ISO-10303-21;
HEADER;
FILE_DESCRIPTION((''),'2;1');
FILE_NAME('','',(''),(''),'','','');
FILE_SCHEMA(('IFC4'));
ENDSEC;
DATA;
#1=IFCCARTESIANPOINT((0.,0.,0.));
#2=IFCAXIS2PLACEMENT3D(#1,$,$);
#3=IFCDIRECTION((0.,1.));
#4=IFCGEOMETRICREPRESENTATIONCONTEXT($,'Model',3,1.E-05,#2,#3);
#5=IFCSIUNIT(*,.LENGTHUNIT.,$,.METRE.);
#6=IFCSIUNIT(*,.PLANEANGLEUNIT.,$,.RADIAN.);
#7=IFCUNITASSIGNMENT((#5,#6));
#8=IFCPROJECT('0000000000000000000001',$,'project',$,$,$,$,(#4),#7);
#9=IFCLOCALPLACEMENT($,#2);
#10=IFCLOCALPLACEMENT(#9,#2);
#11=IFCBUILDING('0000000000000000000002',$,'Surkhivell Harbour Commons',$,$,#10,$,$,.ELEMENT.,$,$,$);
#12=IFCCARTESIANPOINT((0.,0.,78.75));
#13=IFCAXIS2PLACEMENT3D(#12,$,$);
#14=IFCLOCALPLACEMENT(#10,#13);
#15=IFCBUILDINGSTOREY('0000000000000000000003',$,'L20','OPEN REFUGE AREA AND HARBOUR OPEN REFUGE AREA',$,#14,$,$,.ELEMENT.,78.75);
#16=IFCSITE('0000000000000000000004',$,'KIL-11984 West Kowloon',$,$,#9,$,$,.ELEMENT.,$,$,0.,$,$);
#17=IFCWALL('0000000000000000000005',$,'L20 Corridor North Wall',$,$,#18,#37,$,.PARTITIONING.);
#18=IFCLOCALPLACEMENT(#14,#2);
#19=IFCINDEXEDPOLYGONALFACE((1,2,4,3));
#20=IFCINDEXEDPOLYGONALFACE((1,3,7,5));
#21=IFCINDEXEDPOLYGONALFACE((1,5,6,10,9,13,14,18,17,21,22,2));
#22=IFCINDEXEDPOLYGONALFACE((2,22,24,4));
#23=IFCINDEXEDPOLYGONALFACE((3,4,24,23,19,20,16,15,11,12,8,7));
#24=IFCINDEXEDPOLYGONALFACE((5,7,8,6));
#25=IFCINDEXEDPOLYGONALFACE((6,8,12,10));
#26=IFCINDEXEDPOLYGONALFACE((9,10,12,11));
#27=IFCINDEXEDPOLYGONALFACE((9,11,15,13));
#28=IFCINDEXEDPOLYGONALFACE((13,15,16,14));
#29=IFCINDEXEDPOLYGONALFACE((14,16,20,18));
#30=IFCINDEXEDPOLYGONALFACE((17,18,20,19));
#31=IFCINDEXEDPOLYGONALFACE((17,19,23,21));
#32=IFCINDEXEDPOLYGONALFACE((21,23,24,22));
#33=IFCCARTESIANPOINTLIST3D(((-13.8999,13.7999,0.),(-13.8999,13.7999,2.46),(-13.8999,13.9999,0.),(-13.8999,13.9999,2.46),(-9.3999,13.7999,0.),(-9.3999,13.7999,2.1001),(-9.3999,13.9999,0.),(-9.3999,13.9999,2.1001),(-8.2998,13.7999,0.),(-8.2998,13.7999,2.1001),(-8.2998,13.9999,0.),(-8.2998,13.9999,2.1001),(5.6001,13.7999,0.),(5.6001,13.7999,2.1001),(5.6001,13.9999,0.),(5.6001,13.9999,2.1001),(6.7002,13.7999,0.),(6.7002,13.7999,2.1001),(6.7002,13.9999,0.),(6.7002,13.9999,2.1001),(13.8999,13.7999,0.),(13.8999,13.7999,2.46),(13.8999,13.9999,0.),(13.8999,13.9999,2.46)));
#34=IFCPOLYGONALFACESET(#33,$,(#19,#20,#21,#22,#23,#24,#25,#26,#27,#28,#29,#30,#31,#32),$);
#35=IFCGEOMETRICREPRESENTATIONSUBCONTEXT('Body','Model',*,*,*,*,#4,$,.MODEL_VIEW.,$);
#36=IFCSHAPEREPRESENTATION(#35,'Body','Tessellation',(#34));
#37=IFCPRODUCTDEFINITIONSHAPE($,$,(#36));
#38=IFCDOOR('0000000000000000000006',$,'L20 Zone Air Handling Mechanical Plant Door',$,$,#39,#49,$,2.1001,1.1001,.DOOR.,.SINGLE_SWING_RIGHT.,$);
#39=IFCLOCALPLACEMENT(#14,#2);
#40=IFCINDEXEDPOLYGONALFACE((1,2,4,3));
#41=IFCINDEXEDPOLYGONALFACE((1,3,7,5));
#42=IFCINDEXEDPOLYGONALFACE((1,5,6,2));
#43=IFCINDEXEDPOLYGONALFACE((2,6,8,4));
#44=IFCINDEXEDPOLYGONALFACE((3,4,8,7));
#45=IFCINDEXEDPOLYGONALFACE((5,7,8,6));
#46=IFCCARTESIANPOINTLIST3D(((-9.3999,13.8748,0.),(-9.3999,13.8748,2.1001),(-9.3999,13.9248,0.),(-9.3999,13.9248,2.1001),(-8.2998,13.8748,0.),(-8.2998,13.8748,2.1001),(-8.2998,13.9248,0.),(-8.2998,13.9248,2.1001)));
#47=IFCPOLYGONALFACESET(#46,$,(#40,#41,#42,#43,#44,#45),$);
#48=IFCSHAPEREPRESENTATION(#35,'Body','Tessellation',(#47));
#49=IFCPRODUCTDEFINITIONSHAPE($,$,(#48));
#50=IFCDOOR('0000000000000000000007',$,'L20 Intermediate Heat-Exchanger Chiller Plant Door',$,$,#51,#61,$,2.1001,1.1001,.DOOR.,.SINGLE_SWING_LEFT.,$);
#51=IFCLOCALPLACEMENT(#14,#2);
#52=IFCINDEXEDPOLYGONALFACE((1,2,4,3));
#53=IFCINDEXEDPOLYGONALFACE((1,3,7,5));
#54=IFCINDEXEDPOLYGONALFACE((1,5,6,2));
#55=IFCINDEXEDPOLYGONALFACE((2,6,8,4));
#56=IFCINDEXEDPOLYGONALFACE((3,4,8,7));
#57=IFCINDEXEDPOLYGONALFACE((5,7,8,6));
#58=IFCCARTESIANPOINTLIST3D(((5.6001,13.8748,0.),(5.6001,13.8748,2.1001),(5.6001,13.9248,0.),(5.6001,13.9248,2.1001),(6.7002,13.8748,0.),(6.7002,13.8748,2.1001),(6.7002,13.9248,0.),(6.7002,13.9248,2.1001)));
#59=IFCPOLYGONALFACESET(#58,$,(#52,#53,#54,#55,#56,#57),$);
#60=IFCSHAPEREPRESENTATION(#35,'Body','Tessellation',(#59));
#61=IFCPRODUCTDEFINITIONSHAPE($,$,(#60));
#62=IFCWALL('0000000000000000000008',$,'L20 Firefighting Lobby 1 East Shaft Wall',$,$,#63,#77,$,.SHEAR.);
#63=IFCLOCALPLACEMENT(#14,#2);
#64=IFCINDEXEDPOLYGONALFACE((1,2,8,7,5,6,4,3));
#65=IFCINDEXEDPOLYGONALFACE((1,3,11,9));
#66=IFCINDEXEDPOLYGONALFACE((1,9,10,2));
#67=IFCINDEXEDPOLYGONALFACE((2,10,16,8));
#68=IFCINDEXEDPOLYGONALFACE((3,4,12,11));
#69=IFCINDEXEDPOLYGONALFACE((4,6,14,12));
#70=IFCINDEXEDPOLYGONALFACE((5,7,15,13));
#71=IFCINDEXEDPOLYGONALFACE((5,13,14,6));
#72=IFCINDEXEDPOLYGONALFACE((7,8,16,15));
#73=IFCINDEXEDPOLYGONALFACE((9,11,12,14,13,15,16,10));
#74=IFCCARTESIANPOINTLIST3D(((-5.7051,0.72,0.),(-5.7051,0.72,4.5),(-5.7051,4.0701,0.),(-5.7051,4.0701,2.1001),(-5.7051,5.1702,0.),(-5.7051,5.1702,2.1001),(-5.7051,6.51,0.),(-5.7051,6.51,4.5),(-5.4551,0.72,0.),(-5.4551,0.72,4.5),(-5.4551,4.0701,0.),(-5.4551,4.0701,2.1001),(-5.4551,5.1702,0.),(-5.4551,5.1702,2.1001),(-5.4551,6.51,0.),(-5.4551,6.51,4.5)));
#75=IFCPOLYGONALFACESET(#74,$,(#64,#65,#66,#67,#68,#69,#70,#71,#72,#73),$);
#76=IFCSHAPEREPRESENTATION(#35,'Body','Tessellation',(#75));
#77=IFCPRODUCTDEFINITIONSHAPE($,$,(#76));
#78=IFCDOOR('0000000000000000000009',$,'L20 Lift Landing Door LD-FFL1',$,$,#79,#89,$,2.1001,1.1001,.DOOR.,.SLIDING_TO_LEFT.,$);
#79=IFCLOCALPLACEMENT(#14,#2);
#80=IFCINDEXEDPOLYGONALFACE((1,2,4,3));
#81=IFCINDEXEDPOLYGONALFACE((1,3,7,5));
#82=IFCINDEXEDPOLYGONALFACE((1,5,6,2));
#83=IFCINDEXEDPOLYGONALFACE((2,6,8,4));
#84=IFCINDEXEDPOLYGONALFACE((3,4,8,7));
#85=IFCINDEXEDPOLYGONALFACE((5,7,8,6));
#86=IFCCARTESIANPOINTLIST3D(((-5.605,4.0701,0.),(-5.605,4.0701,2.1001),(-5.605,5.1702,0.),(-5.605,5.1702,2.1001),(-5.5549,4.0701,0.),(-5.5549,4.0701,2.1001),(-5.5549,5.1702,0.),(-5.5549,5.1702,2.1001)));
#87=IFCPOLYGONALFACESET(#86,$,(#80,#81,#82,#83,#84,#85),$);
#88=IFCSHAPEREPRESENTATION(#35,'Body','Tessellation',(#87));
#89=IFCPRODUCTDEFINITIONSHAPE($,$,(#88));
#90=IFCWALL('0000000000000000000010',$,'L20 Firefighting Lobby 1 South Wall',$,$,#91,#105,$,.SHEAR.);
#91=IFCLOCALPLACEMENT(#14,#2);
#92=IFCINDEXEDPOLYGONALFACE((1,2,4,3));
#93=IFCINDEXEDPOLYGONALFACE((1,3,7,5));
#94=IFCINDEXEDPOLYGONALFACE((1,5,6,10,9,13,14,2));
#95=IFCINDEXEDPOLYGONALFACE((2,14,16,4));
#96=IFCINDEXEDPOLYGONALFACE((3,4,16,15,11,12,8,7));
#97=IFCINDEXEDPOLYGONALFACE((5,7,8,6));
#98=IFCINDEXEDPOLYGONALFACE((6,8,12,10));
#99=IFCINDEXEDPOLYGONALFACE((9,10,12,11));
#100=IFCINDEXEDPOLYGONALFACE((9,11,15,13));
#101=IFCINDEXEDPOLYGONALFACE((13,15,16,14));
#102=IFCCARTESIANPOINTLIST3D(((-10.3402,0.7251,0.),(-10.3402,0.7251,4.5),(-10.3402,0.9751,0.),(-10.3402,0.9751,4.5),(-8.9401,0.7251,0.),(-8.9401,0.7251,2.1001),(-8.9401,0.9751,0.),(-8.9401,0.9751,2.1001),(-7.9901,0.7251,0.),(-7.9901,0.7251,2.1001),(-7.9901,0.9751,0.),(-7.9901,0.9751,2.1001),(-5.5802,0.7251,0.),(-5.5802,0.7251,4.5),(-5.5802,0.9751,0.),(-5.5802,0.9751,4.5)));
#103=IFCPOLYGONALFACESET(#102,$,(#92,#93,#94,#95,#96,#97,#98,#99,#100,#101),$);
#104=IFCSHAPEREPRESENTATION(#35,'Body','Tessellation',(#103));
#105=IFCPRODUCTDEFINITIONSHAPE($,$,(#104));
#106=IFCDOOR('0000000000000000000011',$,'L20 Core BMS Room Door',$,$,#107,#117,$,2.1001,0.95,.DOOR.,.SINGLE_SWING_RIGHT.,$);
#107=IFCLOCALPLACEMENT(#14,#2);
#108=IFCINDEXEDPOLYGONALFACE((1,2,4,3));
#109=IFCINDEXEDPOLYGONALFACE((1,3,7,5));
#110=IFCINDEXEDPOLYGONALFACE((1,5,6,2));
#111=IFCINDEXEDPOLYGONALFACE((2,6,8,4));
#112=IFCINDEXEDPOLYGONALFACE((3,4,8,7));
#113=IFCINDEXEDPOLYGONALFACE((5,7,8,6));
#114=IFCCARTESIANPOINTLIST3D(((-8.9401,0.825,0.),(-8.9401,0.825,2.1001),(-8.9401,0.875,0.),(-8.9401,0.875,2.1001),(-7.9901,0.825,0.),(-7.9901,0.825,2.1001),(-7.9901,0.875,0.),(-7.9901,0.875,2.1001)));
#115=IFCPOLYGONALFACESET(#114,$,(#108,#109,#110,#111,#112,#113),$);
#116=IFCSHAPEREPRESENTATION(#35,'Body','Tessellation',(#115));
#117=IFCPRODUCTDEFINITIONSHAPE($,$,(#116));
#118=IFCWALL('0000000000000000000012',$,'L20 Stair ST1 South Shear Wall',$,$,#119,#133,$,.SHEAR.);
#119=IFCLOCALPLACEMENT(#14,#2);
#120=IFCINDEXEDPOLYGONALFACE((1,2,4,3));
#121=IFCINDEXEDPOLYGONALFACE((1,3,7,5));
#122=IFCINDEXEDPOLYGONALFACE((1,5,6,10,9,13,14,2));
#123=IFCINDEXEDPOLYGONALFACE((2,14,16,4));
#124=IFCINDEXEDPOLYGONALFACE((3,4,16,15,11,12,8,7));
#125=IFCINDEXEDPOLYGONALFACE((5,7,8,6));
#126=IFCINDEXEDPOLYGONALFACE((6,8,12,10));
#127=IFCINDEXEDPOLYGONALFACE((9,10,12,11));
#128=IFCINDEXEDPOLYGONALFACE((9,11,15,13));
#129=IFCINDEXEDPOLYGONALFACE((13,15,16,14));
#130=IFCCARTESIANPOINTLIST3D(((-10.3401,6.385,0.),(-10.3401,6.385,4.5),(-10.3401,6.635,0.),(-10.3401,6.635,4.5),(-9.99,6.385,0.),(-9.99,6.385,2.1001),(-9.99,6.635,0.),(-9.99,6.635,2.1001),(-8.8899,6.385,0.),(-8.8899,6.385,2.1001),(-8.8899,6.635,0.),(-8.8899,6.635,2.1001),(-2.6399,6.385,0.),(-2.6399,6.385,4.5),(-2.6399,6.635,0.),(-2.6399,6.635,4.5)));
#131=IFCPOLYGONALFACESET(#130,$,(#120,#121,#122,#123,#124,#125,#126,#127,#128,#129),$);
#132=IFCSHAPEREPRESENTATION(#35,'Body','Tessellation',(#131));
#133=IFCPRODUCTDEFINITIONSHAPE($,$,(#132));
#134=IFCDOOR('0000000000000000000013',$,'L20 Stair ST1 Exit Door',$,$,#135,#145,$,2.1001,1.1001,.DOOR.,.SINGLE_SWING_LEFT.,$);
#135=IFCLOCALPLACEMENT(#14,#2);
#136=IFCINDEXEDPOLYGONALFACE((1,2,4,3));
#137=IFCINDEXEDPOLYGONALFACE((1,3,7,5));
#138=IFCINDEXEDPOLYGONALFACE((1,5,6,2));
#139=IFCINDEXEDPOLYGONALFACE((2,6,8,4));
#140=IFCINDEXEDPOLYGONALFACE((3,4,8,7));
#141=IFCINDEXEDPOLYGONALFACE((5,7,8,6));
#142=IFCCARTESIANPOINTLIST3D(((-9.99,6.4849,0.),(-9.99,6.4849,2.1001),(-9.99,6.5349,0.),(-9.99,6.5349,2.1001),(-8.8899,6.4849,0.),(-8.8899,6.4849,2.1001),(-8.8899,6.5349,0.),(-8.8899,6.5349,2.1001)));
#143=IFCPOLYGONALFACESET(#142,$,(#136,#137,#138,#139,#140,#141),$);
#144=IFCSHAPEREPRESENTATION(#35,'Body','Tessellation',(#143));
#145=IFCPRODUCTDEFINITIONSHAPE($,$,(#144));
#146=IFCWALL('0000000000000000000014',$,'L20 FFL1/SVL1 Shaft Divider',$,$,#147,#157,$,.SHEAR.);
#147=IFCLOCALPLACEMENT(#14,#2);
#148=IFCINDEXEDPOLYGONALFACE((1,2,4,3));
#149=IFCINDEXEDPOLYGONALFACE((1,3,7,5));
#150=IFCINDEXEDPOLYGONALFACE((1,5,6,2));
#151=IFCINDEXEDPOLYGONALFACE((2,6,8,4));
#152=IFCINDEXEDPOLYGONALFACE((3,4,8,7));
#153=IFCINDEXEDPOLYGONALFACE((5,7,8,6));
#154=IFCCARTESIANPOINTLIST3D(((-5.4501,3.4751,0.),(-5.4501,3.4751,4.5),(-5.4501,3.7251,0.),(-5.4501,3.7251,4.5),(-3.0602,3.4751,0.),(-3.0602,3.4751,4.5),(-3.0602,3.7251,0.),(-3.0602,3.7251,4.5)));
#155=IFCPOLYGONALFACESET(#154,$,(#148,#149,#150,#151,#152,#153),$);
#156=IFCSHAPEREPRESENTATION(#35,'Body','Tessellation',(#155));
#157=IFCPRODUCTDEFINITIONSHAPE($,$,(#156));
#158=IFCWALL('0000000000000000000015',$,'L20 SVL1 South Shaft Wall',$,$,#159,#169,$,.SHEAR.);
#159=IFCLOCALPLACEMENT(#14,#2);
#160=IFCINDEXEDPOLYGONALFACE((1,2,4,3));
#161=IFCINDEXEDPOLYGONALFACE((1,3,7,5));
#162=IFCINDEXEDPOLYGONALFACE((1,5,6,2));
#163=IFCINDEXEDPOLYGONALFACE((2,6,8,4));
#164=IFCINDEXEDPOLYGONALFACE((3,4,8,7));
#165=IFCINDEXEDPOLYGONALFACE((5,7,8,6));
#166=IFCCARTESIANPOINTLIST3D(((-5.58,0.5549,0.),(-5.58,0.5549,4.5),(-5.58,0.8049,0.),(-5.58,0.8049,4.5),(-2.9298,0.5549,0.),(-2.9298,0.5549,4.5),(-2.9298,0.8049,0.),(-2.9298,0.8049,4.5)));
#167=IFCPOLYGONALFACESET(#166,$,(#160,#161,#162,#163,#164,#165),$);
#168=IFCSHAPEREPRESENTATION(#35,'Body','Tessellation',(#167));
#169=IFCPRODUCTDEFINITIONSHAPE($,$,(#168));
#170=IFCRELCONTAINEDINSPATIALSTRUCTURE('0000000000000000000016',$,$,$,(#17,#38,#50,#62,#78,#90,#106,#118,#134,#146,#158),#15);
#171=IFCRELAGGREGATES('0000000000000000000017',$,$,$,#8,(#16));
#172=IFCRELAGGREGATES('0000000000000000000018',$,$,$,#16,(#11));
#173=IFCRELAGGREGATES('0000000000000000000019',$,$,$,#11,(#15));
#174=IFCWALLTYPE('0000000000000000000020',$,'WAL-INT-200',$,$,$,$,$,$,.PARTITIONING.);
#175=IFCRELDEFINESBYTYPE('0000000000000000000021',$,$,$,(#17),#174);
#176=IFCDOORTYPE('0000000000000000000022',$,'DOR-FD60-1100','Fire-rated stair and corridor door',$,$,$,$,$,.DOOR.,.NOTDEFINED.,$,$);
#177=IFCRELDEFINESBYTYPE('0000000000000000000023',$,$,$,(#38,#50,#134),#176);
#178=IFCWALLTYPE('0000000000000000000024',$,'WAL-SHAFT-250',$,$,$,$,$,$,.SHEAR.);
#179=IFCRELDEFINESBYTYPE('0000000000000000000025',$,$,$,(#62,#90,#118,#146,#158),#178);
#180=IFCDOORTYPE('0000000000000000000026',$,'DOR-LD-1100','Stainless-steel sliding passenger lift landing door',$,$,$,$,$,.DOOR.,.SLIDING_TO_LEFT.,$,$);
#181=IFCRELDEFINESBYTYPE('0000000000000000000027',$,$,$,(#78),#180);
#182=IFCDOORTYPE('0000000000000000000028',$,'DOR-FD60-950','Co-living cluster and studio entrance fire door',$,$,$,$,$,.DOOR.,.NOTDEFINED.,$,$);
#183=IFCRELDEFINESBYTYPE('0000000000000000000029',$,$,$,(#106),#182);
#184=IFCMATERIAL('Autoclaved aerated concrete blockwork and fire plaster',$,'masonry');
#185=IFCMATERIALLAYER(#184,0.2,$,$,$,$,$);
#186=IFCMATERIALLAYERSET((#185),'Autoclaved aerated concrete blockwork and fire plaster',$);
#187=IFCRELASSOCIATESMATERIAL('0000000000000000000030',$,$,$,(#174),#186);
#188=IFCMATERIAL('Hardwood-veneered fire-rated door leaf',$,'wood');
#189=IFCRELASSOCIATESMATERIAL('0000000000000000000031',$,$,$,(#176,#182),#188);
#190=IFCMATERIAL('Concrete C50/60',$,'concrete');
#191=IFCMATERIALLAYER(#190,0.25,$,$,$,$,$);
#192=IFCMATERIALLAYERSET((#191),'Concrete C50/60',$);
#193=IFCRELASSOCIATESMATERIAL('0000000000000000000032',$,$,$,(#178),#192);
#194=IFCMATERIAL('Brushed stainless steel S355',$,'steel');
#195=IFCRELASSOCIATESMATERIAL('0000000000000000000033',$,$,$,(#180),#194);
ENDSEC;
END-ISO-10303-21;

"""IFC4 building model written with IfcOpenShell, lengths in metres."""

from ifc_helpers import new_model, si_unit, direction, frame, frame_2d, origin, place, context, subcontext, project, spatial, rectangle, extrude, material, layer, layer_set, type_object, element, fill, save


model = new_model("IFC4")

# Units and contexts
model_context = context("Model", 3, precision=1e-05, world=origin(), true_north=direction((0.0, 1.0)))
body_context = subcontext(model_context, "Body", "Model", "MODEL_VIEW")
ifc_project = project(units=[si_unit("LENGTHUNIT", "METRE"), si_unit("PLANEANGLEUNIT", "RADIAN")], contexts=[model_context])

# Site, building, storey
site_placement = place(None, origin())
site = spatial("IfcSite", under=ifc_project, at=site_placement, Name="KIL-11984 West Kowloon", CompositionType="ELEMENT", RefElevation=0.0)
building_placement = place(site_placement, origin())
building = spatial("IfcBuilding", under=site, at=building_placement, Name="Surkhivell Harbour Commons", CompositionType="ELEMENT")
storey_placement = place(building_placement, frame((0.0, 0.0, 78.75)))
storey = spatial("IfcBuildingStorey", under=building, at=storey_placement, Name="L20", Description="OPEN REFUGE AREA AND HARBOUR OPEN REFUGE AREA", CompositionType="ELEMENT", Elevation=78.75)

# Shared definitions
ifc_material_1 = material(Name="Hardwood-veneered fire-rated door leaf", Category="wood")

# Wall, openings, doors
ifc_material_2 = material(Name="Autoclaved aerated concrete blockwork and fire plaster", Category="masonry")
ifc_layer_1 = layer(ifc_material_2, 0.2)
ifc_layer_set_1 = layer_set([ifc_layer_1], Name="Autoclaved aerated concrete blockwork and fire plaster")
wall_type_1 = type_object("IfcWallType", Name="WAL-INT-200", PredefinedType="PARTITIONING", material=ifc_layer_set_1)
wall_1_placement = place(storey_placement, frame((-13.8999, 13.8999, 0.0), z_axis=(0.0, 0.0, 1.0), x_axis=(1.0, 0.0, 0.0)))
wall_1 = element("IfcWall", 1, at=wall_1_placement, inside=storey, type_object=wall_type_1, Name="L20 Corridor North Wall", PredefinedType="PARTITIONING", context=body_context, shape_type="SweptSolid", body=[
    extrude(rectangle(XDim=27.7998, YDim=0.2, at=frame_2d((13.8999, 0.0))), origin(), (0.0, 0.0, 1.0), 2.46),
])
opening_1_placement = place(wall_1_placement, frame((4.5, 0.0, 0.0)))
opening_1 = element("IfcOpeningElement", 2, at=opening_1_placement, cuts=wall_1, PredefinedType="OPENING", context=body_context, shape_type="SweptSolid", body=[
    extrude(rectangle(XDim=1.1001, YDim=2.1001, at=frame_2d((0.55, 1.05))), frame((0.0, 0.1099, 0.0), z_axis=(0.0, -1.0, 0.0), x_axis=(1.0, 0.0, 0.0)), (0.0, 0.0, 1.0), 0.22),
])
opening_2_placement = place(wall_1_placement, frame((19.5, 0.0, 0.0)))
opening_2 = element("IfcOpeningElement", 3, at=opening_2_placement, cuts=wall_1, PredefinedType="OPENING", context=body_context, shape_type="SweptSolid", body=[
    extrude(rectangle(XDim=1.1001, YDim=2.1001, at=frame_2d((0.55, 1.05))), frame((0.0, 0.1099, 0.0), z_axis=(0.0, -1.0, 0.0), x_axis=(1.0, 0.0, 0.0)), (0.0, 0.0, 1.0), 0.22),
])
door_type_1 = type_object("IfcDoorType", Name="DOR-FD60-1100", Description="Fire-rated stair and corridor door", OperationType="NOTDEFINED", PredefinedType="DOOR", material=ifc_material_1)
door_1_placement = place(opening_1_placement, origin())
door_1 = element("IfcDoor", 4, at=door_1_placement, inside=storey, type_object=door_type_1, Name="L20 Zone Air Handling Mechanical Plant Door", OperationType="SINGLE_SWING_RIGHT", OverallHeight=2.1001, OverallWidth=1.1001, PredefinedType="DOOR", context=body_context, shape_type="SweptSolid", body=[
    extrude(rectangle(XDim=1.1001, YDim=2.1001, at=frame_2d((0.55, 1.05))), frame((0.0, 0.0249, 0.0), z_axis=(0.0, -1.0, 0.0), x_axis=(1.0, 0.0, 0.0)), (0.0, 0.0, 1.0), 0.05),
])
fill(opening_1, door_1)
door_2_placement = place(opening_2_placement, origin())
door_2 = element("IfcDoor", 5, at=door_2_placement, inside=storey, type_object=door_type_1, Name="L20 Intermediate Heat-Exchanger Chiller Plant Door", OperationType="SINGLE_SWING_LEFT", OverallHeight=2.1001, OverallWidth=1.1001, PredefinedType="DOOR", context=body_context, shape_type="SweptSolid", body=[
    extrude(rectangle(XDim=1.1001, YDim=2.1001, at=frame_2d((0.55, 1.05))), frame((0.0, 0.0249, 0.0), z_axis=(0.0, -1.0, 0.0), x_axis=(1.0, 0.0, 0.0)), (0.0, 0.0, 1.0), 0.05),
])
fill(opening_2, door_2)

# Walls, openings, doors
ifc_material_3 = material(Name="Concrete C50/60", Category="concrete")
ifc_layer_2 = layer(ifc_material_3, 0.25)
ifc_layer_set_2 = layer_set([ifc_layer_2], Name="Concrete C50/60")
wall_type_2 = type_object("IfcWallType", Name="WAL-SHAFT-250", PredefinedType="SHEAR", material=ifc_layer_set_2)
wall_2_placement = place(storey_placement, frame((-5.5801, 0.72, 0.0), z_axis=(0.0, 0.0, 1.0), x_axis=(0.0, 1.0, 0.0)))
wall_2 = element("IfcWall", 6, at=wall_2_placement, inside=storey, type_object=wall_type_2, Name="L20 Firefighting Lobby 1 East Shaft Wall", PredefinedType="SHEAR", context=body_context, shape_type="SweptSolid", body=[
    extrude(rectangle(XDim=5.79, YDim=0.25, at=frame_2d((2.895, 0.0))), origin(), (0.0, 0.0, 1.0), 4.5),
])
opening_3_placement = place(wall_2_placement, frame((3.3501, 0.0, 0.0)))
opening_3 = element("IfcOpeningElement", 7, at=opening_3_placement, cuts=wall_2, PredefinedType="OPENING", context=body_context, shape_type="SweptSolid", body=[
    extrude(rectangle(XDim=1.1001, YDim=2.1001, at=frame_2d((0.55, 1.05))), frame((0.0, 0.135, 0.0), z_axis=(0.0, -1.0, 0.0), x_axis=(1.0, 0.0, 0.0)), (0.0, 0.0, 1.0), 0.27),
])
ifc_material_4 = material(Name="Brushed stainless steel S355", Category="steel")
door_type_2 = type_object("IfcDoorType", Name="DOR-LD-1100", Description="Stainless-steel sliding passenger lift landing door", OperationType="SLIDING_TO_LEFT", PredefinedType="DOOR", material=ifc_material_4)
door_3_placement = place(opening_3_placement, origin())
door_3 = element("IfcDoor", 8, at=door_3_placement, inside=storey, type_object=door_type_2, Name="L20 Lift Landing Door LD-FFL1", OperationType="SLIDING_TO_LEFT", OverallHeight=2.1001, OverallWidth=1.1001, PredefinedType="DOOR", context=body_context, shape_type="SweptSolid", body=[
    extrude(rectangle(XDim=1.1001, YDim=2.1001, at=frame_2d((0.55, 1.05))), frame((0.0, 0.0249, 0.0), z_axis=(0.0, -1.0, 0.0), x_axis=(1.0, 0.0, 0.0)), (0.0, 0.0, 1.0), 0.05),
])
fill(opening_3, door_3)
wall_3_placement = place(storey_placement, frame((-10.3401, 0.8501, 0.0), z_axis=(0.0, 0.0, 1.0), x_axis=(1.0, 0.0, 0.0)))
wall_3 = element("IfcWall", 9, at=wall_3_placement, inside=storey, type_object=wall_type_2, Name="L20 Firefighting Lobby 1 South Wall", PredefinedType="SHEAR", context=body_context, shape_type="SweptSolid", body=[
    extrude(rectangle(XDim=4.76, YDim=0.25, at=frame_2d((2.3799, 0.0))), origin(), (0.0, 0.0, 1.0), 4.5),
])
opening_4_placement = place(wall_3_placement, frame((1.3999, 0.0, 0.0)))
opening_4 = element("IfcOpeningElement", 10, at=opening_4_placement, cuts=wall_3, PredefinedType="OPENING", context=body_context, shape_type="SweptSolid", body=[
    extrude(rectangle(XDim=0.95, YDim=2.1001, at=frame_2d((0.4751, 1.05))), frame((0.0, 0.135, 0.0), z_axis=(0.0, -1.0, 0.0), x_axis=(1.0, 0.0, 0.0)), (0.0, 0.0, 1.0), 0.27),
])
door_type_3 = type_object("IfcDoorType", Name="DOR-FD60-950", Description="Co-living cluster and studio entrance fire door", OperationType="NOTDEFINED", PredefinedType="DOOR", material=ifc_material_1)
door_4_placement = place(opening_4_placement, origin())
door_4 = element("IfcDoor", 11, at=door_4_placement, inside=storey, type_object=door_type_3, Name="L20 Core BMS Room Door", OperationType="SINGLE_SWING_RIGHT", OverallHeight=2.1001, OverallWidth=0.95, PredefinedType="DOOR", context=body_context, shape_type="SweptSolid", body=[
    extrude(rectangle(XDim=0.95, YDim=2.1001, at=frame_2d((0.4751, 1.05))), frame((0.0, 0.0249, 0.0), z_axis=(0.0, -1.0, 0.0), x_axis=(1.0, 0.0, 0.0)), (0.0, 0.0, 1.0), 0.05),
])
fill(opening_4, door_4)
wall_4_placement = place(storey_placement, frame((-10.3401, 6.51, 0.0), z_axis=(0.0, 0.0, 1.0), x_axis=(1.0, 0.0, 0.0)))
wall_4 = element("IfcWall", 12, at=wall_4_placement, inside=storey, type_object=wall_type_2, Name="L20 Stair ST1 South Shear Wall", PredefinedType="SHEAR", context=body_context, shape_type="SweptSolid", body=[
    extrude(rectangle(XDim=7.7002, YDim=0.25, at=frame_2d((3.8501, 0.0))), origin(), (0.0, 0.0, 1.0), 4.5),
])
opening_5_placement = place(wall_4_placement, frame((0.3501, 0.0, 0.0)))
opening_5 = element("IfcOpeningElement", 13, at=opening_5_placement, cuts=wall_4, PredefinedType="OPENING", context=body_context, shape_type="SweptSolid", body=[
    extrude(rectangle(XDim=1.1001, YDim=2.1001, at=frame_2d((0.55, 1.05))), frame((0.0, 0.135, 0.0), z_axis=(0.0, -1.0, 0.0), x_axis=(1.0, 0.0, 0.0)), (0.0, 0.0, 1.0), 0.27),
])
door_5_placement = place(opening_5_placement, origin())
door_5 = element("IfcDoor", 14, at=door_5_placement, inside=storey, type_object=door_type_1, Name="L20 Stair ST1 Exit Door", OperationType="SINGLE_SWING_LEFT", OverallHeight=2.1001, OverallWidth=1.1001, PredefinedType="DOOR", context=body_context, shape_type="SweptSolid", body=[
    extrude(rectangle(XDim=1.1001, YDim=2.1001, at=frame_2d((0.55, 1.05))), frame((0.0, 0.0249, 0.0), z_axis=(0.0, -1.0, 0.0), x_axis=(1.0, 0.0, 0.0)), (0.0, 0.0, 1.0), 0.05),
])
fill(opening_5, door_5)

# Walls
wall_5_placement = place(storey_placement, frame((-5.45, 3.6001, 0.0), z_axis=(0.0, 0.0, 1.0), x_axis=(1.0, 0.0, 0.0)))
element("IfcWall", 15, at=wall_5_placement, inside=storey, type_object=wall_type_2, Name="L20 FFL1/SVL1 Shaft Divider", PredefinedType="SHEAR", context=body_context, shape_type="SweptSolid", body=[
    extrude(rectangle(XDim=2.3899, YDim=0.25, at=frame_2d((1.1948, 0.0))), origin(), (0.0, 0.0, 1.0), 4.5),
])
wall_6_placement = place(storey_placement, frame((-5.5801, 0.6799, 0.0), z_axis=(0.0, 0.0, 1.0), x_axis=(1.0, 0.0, 0.0)))
element("IfcWall", 16, at=wall_6_placement, inside=storey, type_object=wall_type_2, Name="L20 SVL1 South Shaft Wall", PredefinedType="SHEAR", context=body_context, shape_type="SweptSolid", body=[
    extrude(rectangle(XDim=2.6501, YDim=0.25, at=frame_2d((1.3252, 0.0))), origin(), (0.0, 0.0, 1.0), 4.5),
])

save(model, "model.ifc")
